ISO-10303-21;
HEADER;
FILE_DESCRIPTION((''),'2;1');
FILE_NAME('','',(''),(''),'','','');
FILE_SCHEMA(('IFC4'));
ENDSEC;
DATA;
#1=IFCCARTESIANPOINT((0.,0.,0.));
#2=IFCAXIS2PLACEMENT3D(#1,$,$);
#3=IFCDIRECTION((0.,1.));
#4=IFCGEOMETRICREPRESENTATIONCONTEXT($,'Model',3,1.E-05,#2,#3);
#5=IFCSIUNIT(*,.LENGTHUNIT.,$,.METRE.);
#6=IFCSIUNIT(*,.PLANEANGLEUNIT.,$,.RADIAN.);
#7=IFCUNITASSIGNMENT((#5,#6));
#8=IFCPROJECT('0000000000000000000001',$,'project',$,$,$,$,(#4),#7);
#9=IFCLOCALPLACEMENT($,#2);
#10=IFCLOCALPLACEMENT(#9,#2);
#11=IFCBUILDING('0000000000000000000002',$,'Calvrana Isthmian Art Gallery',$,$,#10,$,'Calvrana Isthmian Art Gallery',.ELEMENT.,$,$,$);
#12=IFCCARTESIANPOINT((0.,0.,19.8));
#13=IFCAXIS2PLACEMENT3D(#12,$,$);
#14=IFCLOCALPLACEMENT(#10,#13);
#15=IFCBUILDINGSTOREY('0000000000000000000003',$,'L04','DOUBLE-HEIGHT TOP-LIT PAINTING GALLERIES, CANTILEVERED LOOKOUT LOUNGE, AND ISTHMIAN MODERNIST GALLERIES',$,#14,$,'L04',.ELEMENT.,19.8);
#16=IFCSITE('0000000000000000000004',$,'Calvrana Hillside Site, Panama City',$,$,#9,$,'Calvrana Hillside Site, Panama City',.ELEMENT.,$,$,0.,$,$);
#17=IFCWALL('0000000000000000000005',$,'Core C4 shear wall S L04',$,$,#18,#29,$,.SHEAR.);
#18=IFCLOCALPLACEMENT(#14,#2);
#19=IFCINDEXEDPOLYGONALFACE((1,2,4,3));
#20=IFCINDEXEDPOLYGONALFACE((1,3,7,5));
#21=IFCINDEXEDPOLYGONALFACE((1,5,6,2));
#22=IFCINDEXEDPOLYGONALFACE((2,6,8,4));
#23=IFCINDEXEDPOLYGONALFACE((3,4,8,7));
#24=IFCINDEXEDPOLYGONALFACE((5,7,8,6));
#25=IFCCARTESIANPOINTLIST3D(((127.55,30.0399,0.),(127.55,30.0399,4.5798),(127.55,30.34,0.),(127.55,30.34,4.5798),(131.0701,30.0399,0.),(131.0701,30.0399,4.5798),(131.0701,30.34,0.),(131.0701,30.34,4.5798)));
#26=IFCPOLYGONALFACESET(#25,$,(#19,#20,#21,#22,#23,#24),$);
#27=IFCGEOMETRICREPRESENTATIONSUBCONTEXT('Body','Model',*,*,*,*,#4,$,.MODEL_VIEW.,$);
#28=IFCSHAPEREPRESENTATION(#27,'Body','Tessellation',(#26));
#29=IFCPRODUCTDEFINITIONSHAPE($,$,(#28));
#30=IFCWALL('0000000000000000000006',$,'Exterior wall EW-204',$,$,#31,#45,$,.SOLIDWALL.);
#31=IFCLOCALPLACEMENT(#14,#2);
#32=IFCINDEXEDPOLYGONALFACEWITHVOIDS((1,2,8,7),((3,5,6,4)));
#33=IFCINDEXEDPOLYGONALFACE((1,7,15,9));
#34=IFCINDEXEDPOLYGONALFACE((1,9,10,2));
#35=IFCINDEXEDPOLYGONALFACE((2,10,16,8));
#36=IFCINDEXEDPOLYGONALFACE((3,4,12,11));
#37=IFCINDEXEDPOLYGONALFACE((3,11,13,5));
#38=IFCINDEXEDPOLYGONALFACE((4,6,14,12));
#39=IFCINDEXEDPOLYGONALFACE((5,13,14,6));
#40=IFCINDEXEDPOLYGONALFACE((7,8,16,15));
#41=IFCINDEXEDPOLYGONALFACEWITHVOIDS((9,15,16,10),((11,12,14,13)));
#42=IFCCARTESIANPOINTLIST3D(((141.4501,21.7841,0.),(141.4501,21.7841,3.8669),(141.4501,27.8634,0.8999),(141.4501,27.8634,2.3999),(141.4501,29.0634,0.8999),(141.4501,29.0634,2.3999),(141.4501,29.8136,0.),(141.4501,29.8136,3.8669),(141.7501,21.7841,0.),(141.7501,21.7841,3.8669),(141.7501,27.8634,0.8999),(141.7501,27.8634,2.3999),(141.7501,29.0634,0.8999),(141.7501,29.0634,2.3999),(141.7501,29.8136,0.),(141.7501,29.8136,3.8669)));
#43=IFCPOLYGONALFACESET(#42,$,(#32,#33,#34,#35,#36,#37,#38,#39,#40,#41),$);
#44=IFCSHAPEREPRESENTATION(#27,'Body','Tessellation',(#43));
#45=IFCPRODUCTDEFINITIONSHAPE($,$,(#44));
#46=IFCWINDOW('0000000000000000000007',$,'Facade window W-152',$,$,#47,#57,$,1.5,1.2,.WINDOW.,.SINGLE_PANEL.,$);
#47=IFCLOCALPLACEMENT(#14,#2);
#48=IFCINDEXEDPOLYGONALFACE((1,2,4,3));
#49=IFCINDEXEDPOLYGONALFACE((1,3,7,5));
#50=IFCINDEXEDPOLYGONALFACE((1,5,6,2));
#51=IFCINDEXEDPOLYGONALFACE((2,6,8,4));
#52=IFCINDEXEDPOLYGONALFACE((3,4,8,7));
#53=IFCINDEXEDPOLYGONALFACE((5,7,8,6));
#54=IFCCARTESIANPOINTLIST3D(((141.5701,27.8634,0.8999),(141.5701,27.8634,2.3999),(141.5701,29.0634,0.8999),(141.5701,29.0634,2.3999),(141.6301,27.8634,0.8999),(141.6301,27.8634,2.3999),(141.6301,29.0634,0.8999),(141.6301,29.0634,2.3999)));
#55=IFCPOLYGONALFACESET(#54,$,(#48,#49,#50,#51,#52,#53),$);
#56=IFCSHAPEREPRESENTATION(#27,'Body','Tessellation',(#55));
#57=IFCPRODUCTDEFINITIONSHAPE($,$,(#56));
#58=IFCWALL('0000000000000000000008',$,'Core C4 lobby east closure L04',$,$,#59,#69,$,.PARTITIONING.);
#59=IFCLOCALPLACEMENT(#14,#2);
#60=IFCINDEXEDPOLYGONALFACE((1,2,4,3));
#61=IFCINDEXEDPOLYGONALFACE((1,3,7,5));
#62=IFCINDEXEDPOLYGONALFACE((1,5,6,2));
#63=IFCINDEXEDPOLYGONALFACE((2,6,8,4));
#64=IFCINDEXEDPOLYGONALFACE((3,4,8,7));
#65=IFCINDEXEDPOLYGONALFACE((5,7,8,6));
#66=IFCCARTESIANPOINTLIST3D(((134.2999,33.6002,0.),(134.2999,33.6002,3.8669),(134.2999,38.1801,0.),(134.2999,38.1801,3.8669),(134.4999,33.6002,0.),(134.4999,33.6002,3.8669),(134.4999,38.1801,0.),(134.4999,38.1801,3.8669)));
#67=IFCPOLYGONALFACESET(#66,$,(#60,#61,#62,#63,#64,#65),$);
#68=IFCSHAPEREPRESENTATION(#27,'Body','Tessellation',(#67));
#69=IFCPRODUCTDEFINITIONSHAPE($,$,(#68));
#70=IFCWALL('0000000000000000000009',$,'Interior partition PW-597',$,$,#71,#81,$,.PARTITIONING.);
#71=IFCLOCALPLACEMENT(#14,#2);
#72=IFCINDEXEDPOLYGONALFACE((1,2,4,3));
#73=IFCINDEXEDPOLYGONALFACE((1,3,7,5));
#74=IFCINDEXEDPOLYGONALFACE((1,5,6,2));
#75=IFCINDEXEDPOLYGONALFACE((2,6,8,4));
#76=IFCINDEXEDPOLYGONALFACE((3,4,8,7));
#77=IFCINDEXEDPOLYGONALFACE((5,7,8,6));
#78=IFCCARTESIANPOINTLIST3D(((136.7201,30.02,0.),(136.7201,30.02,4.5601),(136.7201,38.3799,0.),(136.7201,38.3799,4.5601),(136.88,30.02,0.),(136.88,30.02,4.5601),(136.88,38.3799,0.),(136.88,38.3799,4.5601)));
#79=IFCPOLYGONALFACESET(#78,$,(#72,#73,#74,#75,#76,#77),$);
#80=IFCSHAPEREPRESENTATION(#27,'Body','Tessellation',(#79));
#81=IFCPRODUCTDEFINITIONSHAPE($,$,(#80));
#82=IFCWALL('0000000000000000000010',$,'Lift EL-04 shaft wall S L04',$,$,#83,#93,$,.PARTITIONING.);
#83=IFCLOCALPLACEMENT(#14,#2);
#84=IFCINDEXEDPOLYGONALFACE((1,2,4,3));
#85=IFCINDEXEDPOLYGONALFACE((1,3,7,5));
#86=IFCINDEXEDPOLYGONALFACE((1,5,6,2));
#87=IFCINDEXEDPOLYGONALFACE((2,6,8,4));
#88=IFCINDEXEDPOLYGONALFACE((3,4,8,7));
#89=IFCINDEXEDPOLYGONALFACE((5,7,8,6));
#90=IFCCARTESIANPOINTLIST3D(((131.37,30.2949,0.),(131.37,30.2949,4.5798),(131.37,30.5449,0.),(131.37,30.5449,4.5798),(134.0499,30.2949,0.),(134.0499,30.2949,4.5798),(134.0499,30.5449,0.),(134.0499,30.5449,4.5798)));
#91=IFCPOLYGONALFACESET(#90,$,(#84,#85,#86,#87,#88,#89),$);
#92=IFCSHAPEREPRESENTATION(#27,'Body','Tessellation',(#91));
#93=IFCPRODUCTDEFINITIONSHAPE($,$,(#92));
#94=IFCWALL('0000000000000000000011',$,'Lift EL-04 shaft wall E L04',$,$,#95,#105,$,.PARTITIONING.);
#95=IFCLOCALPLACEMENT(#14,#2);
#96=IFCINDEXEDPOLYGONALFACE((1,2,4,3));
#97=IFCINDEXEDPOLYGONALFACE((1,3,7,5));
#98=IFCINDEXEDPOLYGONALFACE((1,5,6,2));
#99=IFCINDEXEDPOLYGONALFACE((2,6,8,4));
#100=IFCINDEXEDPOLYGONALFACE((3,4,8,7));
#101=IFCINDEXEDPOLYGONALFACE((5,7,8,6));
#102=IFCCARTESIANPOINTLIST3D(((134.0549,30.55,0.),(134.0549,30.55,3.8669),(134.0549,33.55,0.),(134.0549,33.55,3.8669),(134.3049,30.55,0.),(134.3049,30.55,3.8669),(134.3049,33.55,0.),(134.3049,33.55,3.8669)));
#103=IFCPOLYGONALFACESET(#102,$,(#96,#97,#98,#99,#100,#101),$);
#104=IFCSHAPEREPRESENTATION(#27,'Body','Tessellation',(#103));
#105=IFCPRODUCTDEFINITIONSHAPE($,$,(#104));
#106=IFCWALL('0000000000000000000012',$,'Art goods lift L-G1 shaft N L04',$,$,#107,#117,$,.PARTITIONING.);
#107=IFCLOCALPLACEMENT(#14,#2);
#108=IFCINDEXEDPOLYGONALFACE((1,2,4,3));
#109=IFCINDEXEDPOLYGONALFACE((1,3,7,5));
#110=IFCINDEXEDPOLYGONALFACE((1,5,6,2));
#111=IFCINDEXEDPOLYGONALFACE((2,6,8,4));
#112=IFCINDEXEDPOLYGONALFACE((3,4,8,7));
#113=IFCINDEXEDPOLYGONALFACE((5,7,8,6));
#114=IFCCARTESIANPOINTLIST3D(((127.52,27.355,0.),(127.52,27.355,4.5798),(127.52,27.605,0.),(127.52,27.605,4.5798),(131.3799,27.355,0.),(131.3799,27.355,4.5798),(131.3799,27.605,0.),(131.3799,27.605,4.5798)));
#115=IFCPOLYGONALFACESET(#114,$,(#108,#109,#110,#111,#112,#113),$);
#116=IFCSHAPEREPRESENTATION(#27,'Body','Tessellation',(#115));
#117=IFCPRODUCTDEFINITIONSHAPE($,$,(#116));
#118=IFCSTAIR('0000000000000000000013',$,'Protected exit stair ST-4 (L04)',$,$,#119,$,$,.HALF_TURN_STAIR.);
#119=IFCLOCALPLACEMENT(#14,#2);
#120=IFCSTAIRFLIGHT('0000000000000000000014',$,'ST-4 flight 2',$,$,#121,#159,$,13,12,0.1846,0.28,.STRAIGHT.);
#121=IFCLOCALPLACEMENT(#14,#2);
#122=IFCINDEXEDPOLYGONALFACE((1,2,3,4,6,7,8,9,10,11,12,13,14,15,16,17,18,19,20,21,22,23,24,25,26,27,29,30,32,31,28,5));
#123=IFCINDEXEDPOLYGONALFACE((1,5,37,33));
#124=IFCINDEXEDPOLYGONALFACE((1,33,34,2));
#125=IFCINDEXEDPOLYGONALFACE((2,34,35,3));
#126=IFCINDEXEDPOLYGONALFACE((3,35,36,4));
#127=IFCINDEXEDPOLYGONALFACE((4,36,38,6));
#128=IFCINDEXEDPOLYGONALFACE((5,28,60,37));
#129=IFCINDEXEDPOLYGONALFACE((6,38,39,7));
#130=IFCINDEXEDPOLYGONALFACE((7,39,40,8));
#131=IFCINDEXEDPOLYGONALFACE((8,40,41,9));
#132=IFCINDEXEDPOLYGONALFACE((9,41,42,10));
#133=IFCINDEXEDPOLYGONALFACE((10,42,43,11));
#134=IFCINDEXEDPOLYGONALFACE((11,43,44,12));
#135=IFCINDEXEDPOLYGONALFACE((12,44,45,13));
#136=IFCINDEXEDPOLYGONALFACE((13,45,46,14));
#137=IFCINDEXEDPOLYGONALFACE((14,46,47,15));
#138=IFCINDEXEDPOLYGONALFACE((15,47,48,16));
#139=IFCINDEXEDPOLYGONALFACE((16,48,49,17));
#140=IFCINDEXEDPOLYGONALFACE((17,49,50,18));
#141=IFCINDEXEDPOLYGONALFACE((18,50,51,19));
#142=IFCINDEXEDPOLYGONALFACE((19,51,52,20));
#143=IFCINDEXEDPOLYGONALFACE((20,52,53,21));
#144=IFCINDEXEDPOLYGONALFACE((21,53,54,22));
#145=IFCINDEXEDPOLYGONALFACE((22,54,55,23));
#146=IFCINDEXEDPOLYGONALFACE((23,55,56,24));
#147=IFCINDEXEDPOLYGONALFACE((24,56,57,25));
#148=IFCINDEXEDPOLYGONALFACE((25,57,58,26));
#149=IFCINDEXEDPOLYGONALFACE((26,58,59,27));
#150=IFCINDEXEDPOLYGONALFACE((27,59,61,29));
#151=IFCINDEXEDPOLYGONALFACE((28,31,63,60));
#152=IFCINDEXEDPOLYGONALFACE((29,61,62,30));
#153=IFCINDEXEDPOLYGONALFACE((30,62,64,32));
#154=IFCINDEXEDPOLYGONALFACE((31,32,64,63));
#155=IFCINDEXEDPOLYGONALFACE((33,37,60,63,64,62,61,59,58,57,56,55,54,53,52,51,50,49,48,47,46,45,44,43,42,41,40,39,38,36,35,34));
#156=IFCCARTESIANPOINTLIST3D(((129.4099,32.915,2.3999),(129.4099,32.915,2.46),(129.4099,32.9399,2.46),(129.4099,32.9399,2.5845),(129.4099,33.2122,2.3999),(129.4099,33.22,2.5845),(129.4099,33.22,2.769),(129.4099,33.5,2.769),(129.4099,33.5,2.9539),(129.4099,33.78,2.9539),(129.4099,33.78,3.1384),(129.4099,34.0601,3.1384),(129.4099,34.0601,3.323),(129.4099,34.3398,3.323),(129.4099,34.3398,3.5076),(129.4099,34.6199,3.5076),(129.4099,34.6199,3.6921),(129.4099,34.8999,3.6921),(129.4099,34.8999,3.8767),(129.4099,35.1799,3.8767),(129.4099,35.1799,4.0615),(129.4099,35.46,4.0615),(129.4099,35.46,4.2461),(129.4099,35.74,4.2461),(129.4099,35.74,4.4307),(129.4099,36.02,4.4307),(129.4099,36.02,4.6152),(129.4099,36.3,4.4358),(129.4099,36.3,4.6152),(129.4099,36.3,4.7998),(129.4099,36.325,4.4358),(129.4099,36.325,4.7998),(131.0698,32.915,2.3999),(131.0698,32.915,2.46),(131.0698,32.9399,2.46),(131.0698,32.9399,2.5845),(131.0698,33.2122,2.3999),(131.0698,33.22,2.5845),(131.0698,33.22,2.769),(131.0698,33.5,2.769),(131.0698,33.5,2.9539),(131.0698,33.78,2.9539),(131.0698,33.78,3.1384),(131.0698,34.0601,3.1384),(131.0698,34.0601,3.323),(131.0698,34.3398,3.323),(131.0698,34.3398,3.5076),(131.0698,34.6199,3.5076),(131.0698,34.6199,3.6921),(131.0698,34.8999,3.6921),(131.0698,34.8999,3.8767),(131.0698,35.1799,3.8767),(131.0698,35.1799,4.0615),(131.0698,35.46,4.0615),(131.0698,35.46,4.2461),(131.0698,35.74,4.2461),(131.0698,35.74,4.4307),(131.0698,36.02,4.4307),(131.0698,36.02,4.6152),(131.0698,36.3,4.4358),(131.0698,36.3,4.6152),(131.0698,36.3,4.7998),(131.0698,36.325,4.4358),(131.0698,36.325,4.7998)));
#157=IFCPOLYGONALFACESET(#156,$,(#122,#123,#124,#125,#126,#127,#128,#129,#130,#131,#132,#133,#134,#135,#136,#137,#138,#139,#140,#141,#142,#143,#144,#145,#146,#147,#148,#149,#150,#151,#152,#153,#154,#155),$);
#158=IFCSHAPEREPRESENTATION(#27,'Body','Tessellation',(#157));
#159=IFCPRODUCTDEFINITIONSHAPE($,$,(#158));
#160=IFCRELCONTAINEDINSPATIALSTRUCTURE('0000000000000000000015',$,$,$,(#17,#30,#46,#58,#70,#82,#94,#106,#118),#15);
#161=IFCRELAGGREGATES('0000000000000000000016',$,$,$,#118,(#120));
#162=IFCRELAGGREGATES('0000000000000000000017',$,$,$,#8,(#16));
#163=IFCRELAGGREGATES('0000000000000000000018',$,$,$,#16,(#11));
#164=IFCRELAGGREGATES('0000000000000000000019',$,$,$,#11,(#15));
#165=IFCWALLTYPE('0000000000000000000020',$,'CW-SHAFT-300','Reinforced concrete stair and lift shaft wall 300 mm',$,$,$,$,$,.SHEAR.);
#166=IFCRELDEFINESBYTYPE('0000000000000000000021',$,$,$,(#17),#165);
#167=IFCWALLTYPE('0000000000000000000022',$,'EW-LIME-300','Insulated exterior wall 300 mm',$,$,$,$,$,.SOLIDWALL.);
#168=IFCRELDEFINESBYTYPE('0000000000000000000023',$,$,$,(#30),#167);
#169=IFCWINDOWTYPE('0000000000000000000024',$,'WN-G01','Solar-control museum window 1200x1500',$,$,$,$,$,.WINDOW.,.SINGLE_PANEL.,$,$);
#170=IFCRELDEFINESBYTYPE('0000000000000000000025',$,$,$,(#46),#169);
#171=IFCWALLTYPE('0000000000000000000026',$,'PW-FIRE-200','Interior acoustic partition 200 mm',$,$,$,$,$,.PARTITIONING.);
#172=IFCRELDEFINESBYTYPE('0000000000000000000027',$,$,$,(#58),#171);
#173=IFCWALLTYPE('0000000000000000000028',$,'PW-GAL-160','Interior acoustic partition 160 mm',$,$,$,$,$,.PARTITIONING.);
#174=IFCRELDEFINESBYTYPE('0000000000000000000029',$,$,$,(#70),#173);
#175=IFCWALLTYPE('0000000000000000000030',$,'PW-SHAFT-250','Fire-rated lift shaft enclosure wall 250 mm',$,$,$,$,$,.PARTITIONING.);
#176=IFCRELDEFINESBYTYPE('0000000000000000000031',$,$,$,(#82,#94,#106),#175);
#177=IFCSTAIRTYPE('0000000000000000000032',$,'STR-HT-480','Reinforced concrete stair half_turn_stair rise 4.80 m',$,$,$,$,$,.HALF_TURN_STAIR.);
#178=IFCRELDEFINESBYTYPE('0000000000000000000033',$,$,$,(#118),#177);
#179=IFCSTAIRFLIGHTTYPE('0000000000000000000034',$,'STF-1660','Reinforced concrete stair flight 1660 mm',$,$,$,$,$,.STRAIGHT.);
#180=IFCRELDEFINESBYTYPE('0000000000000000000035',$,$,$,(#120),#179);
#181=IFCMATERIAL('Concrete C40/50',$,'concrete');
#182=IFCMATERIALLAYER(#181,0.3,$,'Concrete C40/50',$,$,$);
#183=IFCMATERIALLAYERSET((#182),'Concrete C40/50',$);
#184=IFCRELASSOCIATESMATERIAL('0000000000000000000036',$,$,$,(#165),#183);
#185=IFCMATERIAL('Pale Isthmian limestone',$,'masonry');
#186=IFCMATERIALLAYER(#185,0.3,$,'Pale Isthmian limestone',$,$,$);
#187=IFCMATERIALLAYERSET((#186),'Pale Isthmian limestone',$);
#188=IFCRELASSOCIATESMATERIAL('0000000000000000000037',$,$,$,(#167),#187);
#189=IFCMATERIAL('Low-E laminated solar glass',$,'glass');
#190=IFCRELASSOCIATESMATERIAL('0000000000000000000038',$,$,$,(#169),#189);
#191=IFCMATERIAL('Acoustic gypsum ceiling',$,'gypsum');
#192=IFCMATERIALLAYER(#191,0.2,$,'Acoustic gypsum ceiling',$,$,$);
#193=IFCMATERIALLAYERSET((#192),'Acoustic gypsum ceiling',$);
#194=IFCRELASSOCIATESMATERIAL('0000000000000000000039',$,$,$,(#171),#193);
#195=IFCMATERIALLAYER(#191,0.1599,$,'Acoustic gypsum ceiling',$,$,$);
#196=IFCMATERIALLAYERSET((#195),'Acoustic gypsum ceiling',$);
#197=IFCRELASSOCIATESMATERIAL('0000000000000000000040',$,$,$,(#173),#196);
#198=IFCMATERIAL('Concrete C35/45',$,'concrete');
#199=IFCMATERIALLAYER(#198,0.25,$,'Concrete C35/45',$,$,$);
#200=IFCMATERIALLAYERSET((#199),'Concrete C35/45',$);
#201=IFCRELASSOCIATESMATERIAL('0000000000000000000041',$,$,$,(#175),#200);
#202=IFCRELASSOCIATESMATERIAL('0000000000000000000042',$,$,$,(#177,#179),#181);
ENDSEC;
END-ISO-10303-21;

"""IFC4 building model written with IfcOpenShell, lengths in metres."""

from ifc_helpers import new_model, si_unit, direction, frame, frame_2d, origin, place, context, subcontext, project, spatial, polyline, rectangle, outline, extrude, material, layer, layer_set, type_object, element, fill, aggregate, save


model = new_model("IFC4")

# Units and contexts
model_context = context("Model", 3, precision=1e-05, world=origin(), true_north=direction((0.0, 1.0)))
body_context = subcontext(model_context, "Body", "Model", "MODEL_VIEW")
ifc_project = project(units=[si_unit("LENGTHUNIT", "METRE"), si_unit("PLANEANGLEUNIT", "RADIAN")], contexts=[model_context])

# Site, building, storey
site_placement = place(None, origin())
site = spatial("IfcSite", under=ifc_project, at=site_placement, Name="Calvrana Hillside Site, Panama City", LongName="Calvrana Hillside Site, Panama City", CompositionType="ELEMENT", RefElevation=0.0)
building_placement = place(site_placement, origin())
building = spatial("IfcBuilding", under=site, at=building_placement, Name="Calvrana Isthmian Art Gallery", LongName="Calvrana Isthmian Art Gallery", CompositionType="ELEMENT")
storey_placement = place(building_placement, frame((0.0, 0.0, 19.8)))
storey = spatial("IfcBuildingStorey", under=building, at=storey_placement, Name="L04", Description="DOUBLE-HEIGHT TOP-LIT PAINTING GALLERIES, CANTILEVERED LOOKOUT LOUNGE, AND ISTHMIAN MODERNIST GALLERIES", LongName="L04", CompositionType="ELEMENT", Elevation=19.8)

# Shared definitions
ifc_material_1 = material(Name="Concrete C40/50", Category="concrete")
ifc_layer_1 = layer(ifc_material_1, 0.3, Name="Concrete C40/50")
ifc_layer_set_1 = layer_set([ifc_layer_1], Name="Concrete C40/50")
wall_type_1 = type_object("IfcWallType", Name="CW-SHAFT-300", Description="Reinforced concrete stair and lift shaft wall 300 mm", PredefinedType="SHEAR", material=ifc_layer_set_1)

# Wall
wall_1_placement = place(storey_placement, frame((127.55, 30.1899, 0.0), z_axis=(0.0, 0.0, 1.0), x_axis=(1.0, 0.0, 0.0)))
element("IfcWall", 1, at=wall_1_placement, inside=storey, type_object=wall_type_1, Name="Core C4 shear wall S L04", PredefinedType="SHEAR", context=body_context, shape_type="SweptSolid", body=[
    extrude(rectangle(XDim=3.52, YDim=0.3, at=frame_2d((1.76, 0.0))), origin(), (0.0, 0.0, 1.0), 4.5798),
])

# Wall, opening, window
ifc_material_2 = material(Name="Pale Isthmian limestone", Category="masonry")
ifc_layer_2 = layer(ifc_material_2, 0.3, Name="Pale Isthmian limestone")
ifc_layer_set_2 = layer_set([ifc_layer_2], Name="Pale Isthmian limestone")
wall_type_2 = type_object("IfcWallType", Name="EW-LIME-300", Description="Insulated exterior wall 300 mm", PredefinedType="SOLIDWALL", material=ifc_layer_set_2)
wall_2_placement = place(storey_placement, frame((141.6001, 29.8135, 0.0), z_axis=(0.0, 0.0, 1.0), x_axis=(0.0, -1.0, 0.0)))
wall_2 = element("IfcWall", 2, at=wall_2_placement, inside=storey, type_object=wall_type_2, Name="Exterior wall EW-204", PredefinedType="SOLIDWALL", context=body_context, shape_type="SweptSolid", body=[
    extrude(rectangle(XDim=8.0295, YDim=0.3, at=frame_2d((4.0146, 0.0))), origin(), (0.0, 0.0, 1.0), 3.8669),
])
opening_1_placement = place(wall_2_placement, frame((0.75, 0.0, 0.8999)))
opening_1 = element("IfcOpeningElement", 3, at=opening_1_placement, cuts=wall_2, PredefinedType="OPENING", context=body_context, shape_type="SweptSolid", body=[
    extrude(rectangle(XDim=1.2, YDim=1.5, at=frame_2d((0.6001, 0.75))), frame((0.0, 0.1602, 0.0), z_axis=(0.0, -1.0, 0.0), x_axis=(1.0, 0.0, 0.0)), (0.0, 0.0, 1.0), 0.3206),
])
ifc_material_3 = material(Name="Low-E laminated solar glass", Category="glass")
window_type = type_object("IfcWindowType", Name="WN-G01", Description="Solar-control museum window 1200x1500", PartitioningType="SINGLE_PANEL", PredefinedType="WINDOW", material=ifc_material_3)
window_placement = place(opening_1_placement, origin())
window = element("IfcWindow", 4, at=window_placement, inside=storey, type_object=window_type, Name="Facade window W-152", OverallHeight=1.5, OverallWidth=1.2, PartitioningType="SINGLE_PANEL", PredefinedType="WINDOW", context=body_context, shape_type="SweptSolid", body=[
    extrude(rectangle(XDim=1.2, YDim=1.5, at=frame_2d((0.6001, 0.75))), frame((0.0, 0.03, 0.0), z_axis=(0.0, -1.0, 0.0), x_axis=(1.0, 0.0, 0.0)), (0.0, 0.0, 1.0), 0.0601),
])
fill(opening_1, window)

# Walls
ifc_material_4 = material(Name="Acoustic gypsum ceiling", Category="gypsum")
ifc_layer_3 = layer(ifc_material_4, 0.2, Name="Acoustic gypsum ceiling")
ifc_layer_set_3 = layer_set([ifc_layer_3], Name="Acoustic gypsum ceiling")
wall_type_3 = type_object("IfcWallType", Name="PW-FIRE-200", Description="Interior acoustic partition 200 mm", PredefinedType="PARTITIONING", material=ifc_layer_set_3)
wall_3_placement = place(storey_placement, frame((134.3999, 33.6001, 0.0), z_axis=(0.0, 0.0, 1.0), x_axis=(0.0, 1.0, 0.0)))
element("IfcWall", 5, at=wall_3_placement, inside=storey, type_object=wall_type_3, Name="Core C4 lobby east closure L04", PredefinedType="PARTITIONING", context=body_context, shape_type="SweptSolid", body=[
    extrude(rectangle(XDim=4.5798, YDim=0.2, at=frame_2d((2.29, 0.0))), origin(), (0.0, 0.0, 1.0), 3.8669),
])
ifc_layer_4 = layer(ifc_material_4, 0.1599, Name="Acoustic gypsum ceiling")
ifc_layer_set_4 = layer_set([ifc_layer_4], Name="Acoustic gypsum ceiling")
wall_type_4 = type_object("IfcWallType", Name="PW-GAL-160", Description="Interior acoustic partition 160 mm", PredefinedType="PARTITIONING", material=ifc_layer_set_4)
wall_4_placement = place(storey_placement, frame((136.8, 30.02, 0.0), z_axis=(0.0, 0.0, 1.0), x_axis=(0.0, 1.0, 0.0)))
element("IfcWall", 6, at=wall_4_placement, inside=storey, type_object=wall_type_4, Name="Interior partition PW-597", PredefinedType="PARTITIONING", context=body_context, shape_type="SweptSolid", body=[
    extrude(rectangle(XDim=8.3599, YDim=0.1599, at=frame_2d((4.1799, 0.0))), origin(), (0.0, 0.0, 1.0), 4.5601),
])
ifc_material_5 = material(Name="Concrete C35/45", Category="concrete")
ifc_layer_5 = layer(ifc_material_5, 0.25, Name="Concrete C35/45")
ifc_layer_set_5 = layer_set([ifc_layer_5], Name="Concrete C35/45")
wall_type_5 = type_object("IfcWallType", Name="PW-SHAFT-250", Description="Fire-rated lift shaft enclosure wall 250 mm", PredefinedType="PARTITIONING", material=ifc_layer_set_5)
wall_5_placement = place(storey_placement, frame((131.3701, 30.4199, 0.0), z_axis=(0.0, 0.0, 1.0), x_axis=(1.0, 0.0, 0.0)))
element("IfcWall", 7, at=wall_5_placement, inside=storey, type_object=wall_type_5, Name="Lift EL-04 shaft wall S L04", PredefinedType="PARTITIONING", context=body_context, shape_type="SweptSolid", body=[
    extrude(rectangle(XDim=2.6799, YDim=0.25, at=frame_2d((1.3398, 0.0))), origin(), (0.0, 0.0, 1.0), 4.5798),
])
wall_6_placement = place(storey_placement, frame((134.1799, 30.55, 0.0), z_axis=(0.0, 0.0, 1.0), x_axis=(0.0, 1.0, 0.0)))
element("IfcWall", 8, at=wall_6_placement, inside=storey, type_object=wall_type_5, Name="Lift EL-04 shaft wall E L04", PredefinedType="PARTITIONING", context=body_context, shape_type="SweptSolid", body=[
    extrude(rectangle(XDim=3.0, YDim=0.25, at=frame_2d((1.5, 0.0))), origin(), (0.0, 0.0, 1.0), 3.8669),
])

# Wall
wall_7_placement = place(storey_placement, frame((127.52, 27.48, 0.0), z_axis=(0.0, 0.0, 1.0), x_axis=(1.0, 0.0, 0.0)))
element("IfcWall", 9, at=wall_7_placement, inside=storey, type_object=wall_type_5, Name="Art goods lift L-G1 shaft N L04", PredefinedType="PARTITIONING", context=body_context, shape_type="SweptSolid", body=[
    extrude(rectangle(XDim=3.8599, YDim=0.25, at=frame_2d((1.9299, 0.0))), origin(), (0.0, 0.0, 1.0), 4.5798),
])

# Stair, stair flight
stair_type = type_object("IfcStairType", Name="STR-HT-480", Description="Reinforced concrete stair half_turn_stair rise 4.80 m", PredefinedType="HALF_TURN_STAIR", material=ifc_material_1)
stair_placement = place(storey_placement, origin())
stair = element("IfcStair", 10, at=stair_placement, inside=storey, type_object=stair_type, Name="Protected exit stair ST-4 (L04)", PredefinedType="HALF_TURN_STAIR")
stair_flight_type = type_object("IfcStairFlightType", Name="STF-1660", Description="Reinforced concrete stair flight 1660 mm", PredefinedType="STRAIGHT", material=ifc_material_1)
stair_flight_placement = place(storey_placement, frame((130.24, 32.9399, 2.3999), z_axis=(0.0, 0.0, 1.0), x_axis=(0.0, 1.0, 0.0)))
stair_flight = element("IfcStairFlight", 11, at=stair_flight_placement, type_object=stair_flight_type, Name="ST-4 flight 2", NumberOfRisers=13, NumberOfTreads=12, PredefinedType="STRAIGHT", RiserHeight=0.1846, TreadLength=0.28, context=body_context, shape_type="SweptSolid", body=[
    extrude(outline(polyline([(-0.0249, 0.0), (-0.0249, 0.0601), (0.0, 0.0601), (0.0, 0.1846), (0.28, 0.1846), (0.28, 0.3691), (0.5601, 0.3691), (0.5601, 0.554), (0.8401, 0.554), (0.8401, 0.7385), (1.1201, 0.7385), (1.1201, 0.9231), (1.3999, 0.9231), (1.3999, 1.1077), (1.6799, 1.1077), (1.6799, 1.2922), (1.96, 1.2922), (1.96, 1.4768), (2.24, 1.4768), (2.24, 1.6616), (2.52, 1.6616), (2.52, 1.8462), (2.8, 1.8462), (2.8, 2.0308), (3.0801, 2.0308), (3.0801, 2.2153), (3.3601, 2.2153), (3.3601, 2.3999), (3.385, 2.3999), (3.385, 2.0359), (3.3601, 2.0359), (0.2722, 0.0), (-0.0249, 0.0)])), frame((0.0, 0.8301, 0.0), z_axis=(0.0, -1.0, 0.0), x_axis=(1.0, 0.0, 0.0)), (0.0, 0.0, 1.0), 1.6599),
])
aggregate(stair, [stair_flight])

save(model, "model.ifc")
